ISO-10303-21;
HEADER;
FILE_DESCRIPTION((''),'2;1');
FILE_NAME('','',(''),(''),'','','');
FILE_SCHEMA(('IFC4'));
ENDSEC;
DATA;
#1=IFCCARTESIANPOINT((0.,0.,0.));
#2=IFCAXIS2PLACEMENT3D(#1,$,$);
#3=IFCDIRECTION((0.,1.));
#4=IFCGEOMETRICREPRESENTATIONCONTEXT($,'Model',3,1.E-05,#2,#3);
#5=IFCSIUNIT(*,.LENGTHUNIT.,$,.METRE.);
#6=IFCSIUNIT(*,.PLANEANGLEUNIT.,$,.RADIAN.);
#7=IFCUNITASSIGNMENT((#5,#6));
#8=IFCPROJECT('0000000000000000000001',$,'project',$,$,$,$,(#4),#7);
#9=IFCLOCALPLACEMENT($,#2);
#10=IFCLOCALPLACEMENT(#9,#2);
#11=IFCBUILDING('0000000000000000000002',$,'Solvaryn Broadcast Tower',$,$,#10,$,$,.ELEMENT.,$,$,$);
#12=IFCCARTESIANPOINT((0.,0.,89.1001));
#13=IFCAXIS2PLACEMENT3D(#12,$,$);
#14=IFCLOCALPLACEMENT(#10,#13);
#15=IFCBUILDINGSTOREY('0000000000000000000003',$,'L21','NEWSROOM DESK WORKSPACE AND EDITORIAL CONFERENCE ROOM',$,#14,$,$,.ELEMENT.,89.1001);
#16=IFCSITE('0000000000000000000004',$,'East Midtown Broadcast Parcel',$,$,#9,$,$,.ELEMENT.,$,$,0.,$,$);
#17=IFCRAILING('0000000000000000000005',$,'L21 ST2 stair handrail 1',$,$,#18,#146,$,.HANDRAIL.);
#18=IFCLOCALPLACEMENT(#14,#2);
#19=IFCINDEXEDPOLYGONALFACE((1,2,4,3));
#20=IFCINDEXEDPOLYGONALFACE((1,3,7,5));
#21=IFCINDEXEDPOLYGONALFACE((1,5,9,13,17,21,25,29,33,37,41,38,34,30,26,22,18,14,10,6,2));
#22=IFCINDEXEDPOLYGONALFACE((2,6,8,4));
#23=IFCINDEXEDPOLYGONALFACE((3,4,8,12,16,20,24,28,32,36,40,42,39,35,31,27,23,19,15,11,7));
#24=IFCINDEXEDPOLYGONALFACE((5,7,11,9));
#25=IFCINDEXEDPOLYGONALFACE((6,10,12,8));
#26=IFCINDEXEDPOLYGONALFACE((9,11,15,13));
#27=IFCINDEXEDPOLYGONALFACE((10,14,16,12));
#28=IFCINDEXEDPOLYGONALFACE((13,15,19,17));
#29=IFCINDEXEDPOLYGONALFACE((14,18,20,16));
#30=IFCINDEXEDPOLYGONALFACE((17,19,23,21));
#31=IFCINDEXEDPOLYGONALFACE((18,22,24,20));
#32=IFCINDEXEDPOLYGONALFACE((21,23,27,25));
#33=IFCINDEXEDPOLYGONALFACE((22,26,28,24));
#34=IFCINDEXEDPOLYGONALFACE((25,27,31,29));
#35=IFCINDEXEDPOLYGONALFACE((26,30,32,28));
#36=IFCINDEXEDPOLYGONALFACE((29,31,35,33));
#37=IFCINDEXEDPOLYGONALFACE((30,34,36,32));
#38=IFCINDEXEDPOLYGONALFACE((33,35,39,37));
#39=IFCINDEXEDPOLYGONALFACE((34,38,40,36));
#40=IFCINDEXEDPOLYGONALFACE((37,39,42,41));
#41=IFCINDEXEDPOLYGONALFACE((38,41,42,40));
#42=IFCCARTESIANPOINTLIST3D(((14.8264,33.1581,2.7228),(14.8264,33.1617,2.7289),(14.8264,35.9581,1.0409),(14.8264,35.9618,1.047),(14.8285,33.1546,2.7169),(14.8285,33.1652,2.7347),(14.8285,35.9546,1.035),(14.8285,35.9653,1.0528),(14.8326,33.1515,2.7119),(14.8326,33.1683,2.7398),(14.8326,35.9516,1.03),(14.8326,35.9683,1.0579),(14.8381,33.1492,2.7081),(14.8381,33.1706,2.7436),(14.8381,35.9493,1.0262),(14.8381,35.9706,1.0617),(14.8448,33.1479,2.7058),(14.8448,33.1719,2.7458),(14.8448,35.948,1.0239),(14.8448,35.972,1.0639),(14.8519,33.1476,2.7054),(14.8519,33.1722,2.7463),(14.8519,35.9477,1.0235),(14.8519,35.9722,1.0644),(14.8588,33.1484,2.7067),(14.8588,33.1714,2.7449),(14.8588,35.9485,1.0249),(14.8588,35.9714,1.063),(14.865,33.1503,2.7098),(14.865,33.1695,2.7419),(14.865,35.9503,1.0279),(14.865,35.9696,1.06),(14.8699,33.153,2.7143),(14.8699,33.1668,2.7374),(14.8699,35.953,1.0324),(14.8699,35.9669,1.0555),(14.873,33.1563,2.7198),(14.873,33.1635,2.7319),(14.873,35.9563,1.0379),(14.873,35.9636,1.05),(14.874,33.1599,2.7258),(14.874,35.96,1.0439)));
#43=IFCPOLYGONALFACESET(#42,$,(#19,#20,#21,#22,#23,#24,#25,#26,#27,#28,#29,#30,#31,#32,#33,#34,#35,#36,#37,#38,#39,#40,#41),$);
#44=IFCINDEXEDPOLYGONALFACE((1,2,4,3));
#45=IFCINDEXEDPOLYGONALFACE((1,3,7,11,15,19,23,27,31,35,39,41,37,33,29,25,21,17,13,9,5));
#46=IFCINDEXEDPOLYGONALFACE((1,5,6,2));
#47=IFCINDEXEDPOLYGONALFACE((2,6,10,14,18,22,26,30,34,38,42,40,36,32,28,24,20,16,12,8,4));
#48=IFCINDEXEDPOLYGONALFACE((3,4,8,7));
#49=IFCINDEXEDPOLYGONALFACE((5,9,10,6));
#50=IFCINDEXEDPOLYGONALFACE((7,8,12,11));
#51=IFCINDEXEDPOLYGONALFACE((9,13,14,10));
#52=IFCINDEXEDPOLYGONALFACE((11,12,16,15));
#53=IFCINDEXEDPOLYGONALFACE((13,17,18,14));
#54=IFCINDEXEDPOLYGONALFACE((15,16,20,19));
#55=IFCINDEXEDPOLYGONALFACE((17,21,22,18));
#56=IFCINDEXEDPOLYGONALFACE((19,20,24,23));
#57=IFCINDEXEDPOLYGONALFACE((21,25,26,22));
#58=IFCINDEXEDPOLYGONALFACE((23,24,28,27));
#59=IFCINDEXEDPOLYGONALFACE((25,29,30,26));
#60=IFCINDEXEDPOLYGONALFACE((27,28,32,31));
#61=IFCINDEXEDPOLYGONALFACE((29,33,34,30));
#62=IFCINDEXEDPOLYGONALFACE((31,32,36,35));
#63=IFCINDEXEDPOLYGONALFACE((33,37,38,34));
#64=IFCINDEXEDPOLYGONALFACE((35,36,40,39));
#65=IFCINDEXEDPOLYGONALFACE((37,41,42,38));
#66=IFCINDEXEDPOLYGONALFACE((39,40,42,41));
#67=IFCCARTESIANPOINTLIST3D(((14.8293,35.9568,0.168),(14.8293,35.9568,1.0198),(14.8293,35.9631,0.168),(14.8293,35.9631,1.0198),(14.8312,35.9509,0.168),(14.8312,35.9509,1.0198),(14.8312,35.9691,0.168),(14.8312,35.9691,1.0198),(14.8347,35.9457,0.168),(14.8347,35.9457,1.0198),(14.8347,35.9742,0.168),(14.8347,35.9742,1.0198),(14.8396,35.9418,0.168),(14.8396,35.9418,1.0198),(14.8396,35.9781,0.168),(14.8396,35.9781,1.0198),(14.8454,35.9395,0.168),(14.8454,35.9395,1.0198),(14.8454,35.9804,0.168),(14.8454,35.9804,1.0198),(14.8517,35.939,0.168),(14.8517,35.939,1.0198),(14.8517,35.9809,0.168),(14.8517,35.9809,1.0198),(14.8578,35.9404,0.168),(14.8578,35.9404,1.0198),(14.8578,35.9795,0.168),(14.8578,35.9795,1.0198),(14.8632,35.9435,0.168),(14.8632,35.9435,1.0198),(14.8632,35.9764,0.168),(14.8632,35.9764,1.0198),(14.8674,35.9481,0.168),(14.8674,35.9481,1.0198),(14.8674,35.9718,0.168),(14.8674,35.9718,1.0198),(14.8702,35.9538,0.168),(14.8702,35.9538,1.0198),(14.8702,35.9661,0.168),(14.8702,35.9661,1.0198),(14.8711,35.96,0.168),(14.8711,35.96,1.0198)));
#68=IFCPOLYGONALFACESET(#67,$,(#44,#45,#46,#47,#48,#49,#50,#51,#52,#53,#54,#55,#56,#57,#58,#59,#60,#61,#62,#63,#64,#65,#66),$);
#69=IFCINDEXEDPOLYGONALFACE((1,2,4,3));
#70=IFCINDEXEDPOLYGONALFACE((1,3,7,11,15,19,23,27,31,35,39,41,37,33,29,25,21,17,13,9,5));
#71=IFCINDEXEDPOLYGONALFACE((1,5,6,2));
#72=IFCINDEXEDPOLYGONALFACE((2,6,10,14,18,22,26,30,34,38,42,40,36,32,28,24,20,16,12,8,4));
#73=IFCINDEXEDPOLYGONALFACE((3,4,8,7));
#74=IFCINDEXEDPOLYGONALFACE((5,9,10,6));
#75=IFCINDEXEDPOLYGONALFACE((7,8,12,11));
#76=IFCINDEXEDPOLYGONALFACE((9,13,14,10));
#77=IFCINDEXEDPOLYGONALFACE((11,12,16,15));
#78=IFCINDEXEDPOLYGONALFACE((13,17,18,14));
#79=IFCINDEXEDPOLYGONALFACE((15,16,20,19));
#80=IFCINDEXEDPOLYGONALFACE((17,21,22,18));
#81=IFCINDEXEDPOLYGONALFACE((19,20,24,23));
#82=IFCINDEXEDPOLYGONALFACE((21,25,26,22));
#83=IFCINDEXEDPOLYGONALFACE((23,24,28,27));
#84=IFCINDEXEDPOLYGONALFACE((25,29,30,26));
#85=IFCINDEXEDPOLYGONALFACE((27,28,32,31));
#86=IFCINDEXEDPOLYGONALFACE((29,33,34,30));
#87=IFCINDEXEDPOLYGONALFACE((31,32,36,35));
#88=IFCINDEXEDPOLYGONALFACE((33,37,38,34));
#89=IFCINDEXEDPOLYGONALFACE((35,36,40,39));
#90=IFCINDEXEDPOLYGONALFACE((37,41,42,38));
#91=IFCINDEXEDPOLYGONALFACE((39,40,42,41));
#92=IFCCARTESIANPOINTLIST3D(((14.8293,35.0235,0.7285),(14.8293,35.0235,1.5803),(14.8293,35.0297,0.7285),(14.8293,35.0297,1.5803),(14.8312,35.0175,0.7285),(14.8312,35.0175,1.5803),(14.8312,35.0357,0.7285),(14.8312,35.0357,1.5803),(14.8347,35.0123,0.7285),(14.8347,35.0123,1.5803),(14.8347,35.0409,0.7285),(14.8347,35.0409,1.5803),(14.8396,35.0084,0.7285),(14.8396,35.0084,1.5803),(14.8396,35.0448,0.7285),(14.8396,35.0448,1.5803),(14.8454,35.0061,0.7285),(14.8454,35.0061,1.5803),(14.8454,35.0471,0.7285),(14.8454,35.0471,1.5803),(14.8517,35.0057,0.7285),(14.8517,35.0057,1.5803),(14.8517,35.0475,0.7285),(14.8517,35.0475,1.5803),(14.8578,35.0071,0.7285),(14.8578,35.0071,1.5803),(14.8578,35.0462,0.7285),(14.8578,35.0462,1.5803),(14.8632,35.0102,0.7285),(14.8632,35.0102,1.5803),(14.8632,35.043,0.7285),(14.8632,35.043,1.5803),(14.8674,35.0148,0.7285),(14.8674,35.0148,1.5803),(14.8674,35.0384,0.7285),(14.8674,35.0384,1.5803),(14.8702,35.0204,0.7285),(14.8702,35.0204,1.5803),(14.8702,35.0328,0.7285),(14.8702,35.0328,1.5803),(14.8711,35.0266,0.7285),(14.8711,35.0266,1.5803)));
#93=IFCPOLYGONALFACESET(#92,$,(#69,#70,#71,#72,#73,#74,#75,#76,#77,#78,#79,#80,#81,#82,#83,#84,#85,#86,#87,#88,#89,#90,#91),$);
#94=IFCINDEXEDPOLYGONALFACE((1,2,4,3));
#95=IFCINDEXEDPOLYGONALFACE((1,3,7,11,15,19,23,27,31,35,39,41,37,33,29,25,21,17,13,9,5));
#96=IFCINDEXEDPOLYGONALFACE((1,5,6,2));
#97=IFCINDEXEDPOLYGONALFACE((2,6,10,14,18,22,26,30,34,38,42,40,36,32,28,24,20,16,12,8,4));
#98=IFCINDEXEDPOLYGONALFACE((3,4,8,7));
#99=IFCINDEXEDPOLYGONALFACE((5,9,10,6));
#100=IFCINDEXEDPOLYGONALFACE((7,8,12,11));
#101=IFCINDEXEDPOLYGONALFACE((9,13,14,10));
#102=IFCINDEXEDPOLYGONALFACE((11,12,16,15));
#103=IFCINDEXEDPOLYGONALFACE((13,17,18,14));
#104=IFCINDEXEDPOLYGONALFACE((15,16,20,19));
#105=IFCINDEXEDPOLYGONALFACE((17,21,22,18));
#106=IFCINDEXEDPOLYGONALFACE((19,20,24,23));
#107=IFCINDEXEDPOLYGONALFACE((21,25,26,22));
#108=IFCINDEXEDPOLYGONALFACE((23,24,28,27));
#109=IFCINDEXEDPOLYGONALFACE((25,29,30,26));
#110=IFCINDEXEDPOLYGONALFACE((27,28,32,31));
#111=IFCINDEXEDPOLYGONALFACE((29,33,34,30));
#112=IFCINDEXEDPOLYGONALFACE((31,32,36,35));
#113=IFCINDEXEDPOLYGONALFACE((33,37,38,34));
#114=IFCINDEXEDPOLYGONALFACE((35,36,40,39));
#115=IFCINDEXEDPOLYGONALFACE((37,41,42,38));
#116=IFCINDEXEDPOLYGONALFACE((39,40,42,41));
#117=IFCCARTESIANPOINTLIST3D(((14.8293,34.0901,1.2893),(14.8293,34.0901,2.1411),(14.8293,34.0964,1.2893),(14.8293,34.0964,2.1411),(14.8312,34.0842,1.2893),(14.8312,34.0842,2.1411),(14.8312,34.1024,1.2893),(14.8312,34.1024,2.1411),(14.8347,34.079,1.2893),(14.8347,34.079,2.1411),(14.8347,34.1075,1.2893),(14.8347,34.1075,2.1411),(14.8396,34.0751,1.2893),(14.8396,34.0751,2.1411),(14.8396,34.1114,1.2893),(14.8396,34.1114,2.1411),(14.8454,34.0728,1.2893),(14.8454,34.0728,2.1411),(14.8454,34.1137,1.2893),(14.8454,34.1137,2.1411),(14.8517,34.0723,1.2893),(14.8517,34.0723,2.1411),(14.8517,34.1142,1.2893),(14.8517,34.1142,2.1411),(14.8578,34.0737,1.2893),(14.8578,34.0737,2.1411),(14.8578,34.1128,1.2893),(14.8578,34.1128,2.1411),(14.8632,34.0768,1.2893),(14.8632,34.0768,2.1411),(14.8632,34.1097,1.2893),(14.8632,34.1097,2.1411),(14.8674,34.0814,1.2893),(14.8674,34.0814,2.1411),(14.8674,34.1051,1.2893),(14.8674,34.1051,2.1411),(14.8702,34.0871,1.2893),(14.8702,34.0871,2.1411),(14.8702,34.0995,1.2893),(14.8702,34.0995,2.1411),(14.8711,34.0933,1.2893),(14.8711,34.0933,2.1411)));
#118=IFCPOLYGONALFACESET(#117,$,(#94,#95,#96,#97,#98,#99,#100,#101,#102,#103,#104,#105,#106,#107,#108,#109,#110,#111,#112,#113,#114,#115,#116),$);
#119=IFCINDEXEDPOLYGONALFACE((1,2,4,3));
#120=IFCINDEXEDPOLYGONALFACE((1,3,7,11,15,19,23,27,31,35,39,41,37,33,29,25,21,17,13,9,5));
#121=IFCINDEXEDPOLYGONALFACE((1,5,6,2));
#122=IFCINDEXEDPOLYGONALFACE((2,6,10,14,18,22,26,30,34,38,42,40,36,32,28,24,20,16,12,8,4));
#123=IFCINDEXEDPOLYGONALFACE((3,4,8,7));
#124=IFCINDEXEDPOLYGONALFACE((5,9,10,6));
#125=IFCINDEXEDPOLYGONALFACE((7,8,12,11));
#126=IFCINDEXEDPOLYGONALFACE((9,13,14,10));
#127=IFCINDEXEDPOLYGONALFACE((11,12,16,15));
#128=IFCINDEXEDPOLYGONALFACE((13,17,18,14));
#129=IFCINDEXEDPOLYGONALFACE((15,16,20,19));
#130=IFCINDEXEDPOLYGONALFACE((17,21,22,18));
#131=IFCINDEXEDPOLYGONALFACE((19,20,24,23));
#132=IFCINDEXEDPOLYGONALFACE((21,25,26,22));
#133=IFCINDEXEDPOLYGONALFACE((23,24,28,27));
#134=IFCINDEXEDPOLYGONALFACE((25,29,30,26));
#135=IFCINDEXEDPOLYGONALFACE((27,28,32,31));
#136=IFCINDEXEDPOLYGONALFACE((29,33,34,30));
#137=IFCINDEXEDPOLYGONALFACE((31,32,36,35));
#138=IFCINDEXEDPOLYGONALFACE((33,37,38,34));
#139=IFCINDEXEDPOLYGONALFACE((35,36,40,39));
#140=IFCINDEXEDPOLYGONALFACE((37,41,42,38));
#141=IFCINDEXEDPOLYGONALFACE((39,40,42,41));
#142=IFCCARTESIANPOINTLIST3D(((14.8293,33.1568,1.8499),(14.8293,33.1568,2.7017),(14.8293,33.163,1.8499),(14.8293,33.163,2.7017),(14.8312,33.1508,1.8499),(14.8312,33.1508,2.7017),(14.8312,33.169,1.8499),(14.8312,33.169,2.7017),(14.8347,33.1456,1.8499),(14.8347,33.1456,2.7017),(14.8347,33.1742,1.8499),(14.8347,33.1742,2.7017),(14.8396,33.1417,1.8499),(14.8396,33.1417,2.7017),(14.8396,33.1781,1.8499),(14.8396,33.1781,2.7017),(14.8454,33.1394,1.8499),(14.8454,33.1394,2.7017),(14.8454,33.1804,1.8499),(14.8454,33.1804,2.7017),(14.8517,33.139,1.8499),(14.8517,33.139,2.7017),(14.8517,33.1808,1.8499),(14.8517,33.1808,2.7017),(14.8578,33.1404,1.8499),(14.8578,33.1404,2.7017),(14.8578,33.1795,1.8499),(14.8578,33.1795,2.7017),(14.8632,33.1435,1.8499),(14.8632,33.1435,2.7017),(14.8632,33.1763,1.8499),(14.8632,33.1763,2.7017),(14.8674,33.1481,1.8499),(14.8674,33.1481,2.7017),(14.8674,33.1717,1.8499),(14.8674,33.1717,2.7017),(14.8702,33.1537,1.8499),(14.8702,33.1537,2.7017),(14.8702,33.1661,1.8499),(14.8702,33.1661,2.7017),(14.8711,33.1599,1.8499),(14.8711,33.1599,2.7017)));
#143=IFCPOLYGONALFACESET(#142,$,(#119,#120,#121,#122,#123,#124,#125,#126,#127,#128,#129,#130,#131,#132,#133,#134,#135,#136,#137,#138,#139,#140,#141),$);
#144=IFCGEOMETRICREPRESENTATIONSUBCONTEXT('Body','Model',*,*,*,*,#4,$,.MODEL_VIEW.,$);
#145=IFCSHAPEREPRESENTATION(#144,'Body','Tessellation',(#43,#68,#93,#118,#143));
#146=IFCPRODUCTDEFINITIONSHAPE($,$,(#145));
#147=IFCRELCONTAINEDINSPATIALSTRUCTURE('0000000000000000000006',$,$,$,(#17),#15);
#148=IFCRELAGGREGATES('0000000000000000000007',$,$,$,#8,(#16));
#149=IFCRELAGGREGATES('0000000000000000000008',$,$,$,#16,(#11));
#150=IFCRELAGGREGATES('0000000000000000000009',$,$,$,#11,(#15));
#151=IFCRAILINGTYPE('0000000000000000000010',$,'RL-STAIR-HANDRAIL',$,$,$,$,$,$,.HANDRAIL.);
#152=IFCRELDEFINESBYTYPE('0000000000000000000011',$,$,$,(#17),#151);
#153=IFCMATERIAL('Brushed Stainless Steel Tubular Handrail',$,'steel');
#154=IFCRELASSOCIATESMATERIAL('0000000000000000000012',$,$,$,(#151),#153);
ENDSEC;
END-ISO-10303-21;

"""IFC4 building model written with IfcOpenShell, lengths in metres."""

from ifc_helpers import new_model, si_unit, direction, frame, origin, origin_2d, place, context, subcontext, project, spatial, circle, extrude, material, type_object, element, save


model = new_model("IFC4")

# Units and contexts
model_context = context("Model", 3, precision=1e-05, world=origin(), true_north=direction((0.0, 1.0)))
body_context = subcontext(model_context, "Body", "Model", "MODEL_VIEW")
ifc_project = project(units=[si_unit("LENGTHUNIT", "METRE"), si_unit("PLANEANGLEUNIT", "RADIAN")], contexts=[model_context])

# Site, building, storey
site_placement = place(None, origin())
site = spatial("IfcSite", under=ifc_project, at=site_placement, Name="East Midtown Broadcast Parcel", CompositionType="ELEMENT", RefElevation=0.0)
building_placement = place(site_placement, origin())
building = spatial("IfcBuilding", under=site, at=building_placement, Name="Solvaryn Broadcast Tower", CompositionType="ELEMENT")
storey_placement = place(building_placement, frame((0.0, 0.0, 89.1001)))
storey = spatial("IfcBuildingStorey", under=building, at=storey_placement, Name="L21", Description="NEWSROOM DESK WORKSPACE AND EDITORIAL CONFERENCE ROOM", CompositionType="ELEMENT", Elevation=89.1001)

# Railing
ifc_material_1 = material(Name="Brushed Stainless Steel Tubular Handrail", Category="steel")
railing_type_1 = type_object("IfcRailingType", Name="RL-STAIR-HANDRAIL", PredefinedType="HANDRAIL", material=ifc_material_1)
railing_1_placement = place(storey_placement, frame((14.8501, 35.96, 0.168)))
element("IfcRailing", 1, at=railing_1_placement, inside=storey, type_object=railing_type_1, Name="L21 ST2 stair handrail 1", PredefinedType="HANDRAIL", context=body_context, shape_type="SweptSolid", body=[
    extrude(circle(Radius=0.0239, at=origin_2d()), frame((0.0, 0.0, 0.876), z_axis=(0.0, -0.857242, 0.514913), x_axis=(1.0, 0.0, 0.0)), (0.0, 0.0, 1.0), 3.2664),
    extrude(circle(Radius=0.021, at=origin_2d()), origin(), (0.0, 0.0, 1.0), 0.8518),
    extrude(circle(Radius=0.021, at=origin_2d()), frame((0.0, -0.9333, 0.5605)), (0.0, 0.0, 1.0), 0.8518),
    extrude(circle(Radius=0.021, at=origin_2d()), frame((0.0, -1.8667, 1.1213)), (0.0, 0.0, 1.0), 0.8518),
    extrude(circle(Radius=0.021, at=origin_2d()), frame((0.0, -2.8, 1.6819)), (0.0, 0.0, 1.0), 0.8518),
])

save(model, "model.ifc")
